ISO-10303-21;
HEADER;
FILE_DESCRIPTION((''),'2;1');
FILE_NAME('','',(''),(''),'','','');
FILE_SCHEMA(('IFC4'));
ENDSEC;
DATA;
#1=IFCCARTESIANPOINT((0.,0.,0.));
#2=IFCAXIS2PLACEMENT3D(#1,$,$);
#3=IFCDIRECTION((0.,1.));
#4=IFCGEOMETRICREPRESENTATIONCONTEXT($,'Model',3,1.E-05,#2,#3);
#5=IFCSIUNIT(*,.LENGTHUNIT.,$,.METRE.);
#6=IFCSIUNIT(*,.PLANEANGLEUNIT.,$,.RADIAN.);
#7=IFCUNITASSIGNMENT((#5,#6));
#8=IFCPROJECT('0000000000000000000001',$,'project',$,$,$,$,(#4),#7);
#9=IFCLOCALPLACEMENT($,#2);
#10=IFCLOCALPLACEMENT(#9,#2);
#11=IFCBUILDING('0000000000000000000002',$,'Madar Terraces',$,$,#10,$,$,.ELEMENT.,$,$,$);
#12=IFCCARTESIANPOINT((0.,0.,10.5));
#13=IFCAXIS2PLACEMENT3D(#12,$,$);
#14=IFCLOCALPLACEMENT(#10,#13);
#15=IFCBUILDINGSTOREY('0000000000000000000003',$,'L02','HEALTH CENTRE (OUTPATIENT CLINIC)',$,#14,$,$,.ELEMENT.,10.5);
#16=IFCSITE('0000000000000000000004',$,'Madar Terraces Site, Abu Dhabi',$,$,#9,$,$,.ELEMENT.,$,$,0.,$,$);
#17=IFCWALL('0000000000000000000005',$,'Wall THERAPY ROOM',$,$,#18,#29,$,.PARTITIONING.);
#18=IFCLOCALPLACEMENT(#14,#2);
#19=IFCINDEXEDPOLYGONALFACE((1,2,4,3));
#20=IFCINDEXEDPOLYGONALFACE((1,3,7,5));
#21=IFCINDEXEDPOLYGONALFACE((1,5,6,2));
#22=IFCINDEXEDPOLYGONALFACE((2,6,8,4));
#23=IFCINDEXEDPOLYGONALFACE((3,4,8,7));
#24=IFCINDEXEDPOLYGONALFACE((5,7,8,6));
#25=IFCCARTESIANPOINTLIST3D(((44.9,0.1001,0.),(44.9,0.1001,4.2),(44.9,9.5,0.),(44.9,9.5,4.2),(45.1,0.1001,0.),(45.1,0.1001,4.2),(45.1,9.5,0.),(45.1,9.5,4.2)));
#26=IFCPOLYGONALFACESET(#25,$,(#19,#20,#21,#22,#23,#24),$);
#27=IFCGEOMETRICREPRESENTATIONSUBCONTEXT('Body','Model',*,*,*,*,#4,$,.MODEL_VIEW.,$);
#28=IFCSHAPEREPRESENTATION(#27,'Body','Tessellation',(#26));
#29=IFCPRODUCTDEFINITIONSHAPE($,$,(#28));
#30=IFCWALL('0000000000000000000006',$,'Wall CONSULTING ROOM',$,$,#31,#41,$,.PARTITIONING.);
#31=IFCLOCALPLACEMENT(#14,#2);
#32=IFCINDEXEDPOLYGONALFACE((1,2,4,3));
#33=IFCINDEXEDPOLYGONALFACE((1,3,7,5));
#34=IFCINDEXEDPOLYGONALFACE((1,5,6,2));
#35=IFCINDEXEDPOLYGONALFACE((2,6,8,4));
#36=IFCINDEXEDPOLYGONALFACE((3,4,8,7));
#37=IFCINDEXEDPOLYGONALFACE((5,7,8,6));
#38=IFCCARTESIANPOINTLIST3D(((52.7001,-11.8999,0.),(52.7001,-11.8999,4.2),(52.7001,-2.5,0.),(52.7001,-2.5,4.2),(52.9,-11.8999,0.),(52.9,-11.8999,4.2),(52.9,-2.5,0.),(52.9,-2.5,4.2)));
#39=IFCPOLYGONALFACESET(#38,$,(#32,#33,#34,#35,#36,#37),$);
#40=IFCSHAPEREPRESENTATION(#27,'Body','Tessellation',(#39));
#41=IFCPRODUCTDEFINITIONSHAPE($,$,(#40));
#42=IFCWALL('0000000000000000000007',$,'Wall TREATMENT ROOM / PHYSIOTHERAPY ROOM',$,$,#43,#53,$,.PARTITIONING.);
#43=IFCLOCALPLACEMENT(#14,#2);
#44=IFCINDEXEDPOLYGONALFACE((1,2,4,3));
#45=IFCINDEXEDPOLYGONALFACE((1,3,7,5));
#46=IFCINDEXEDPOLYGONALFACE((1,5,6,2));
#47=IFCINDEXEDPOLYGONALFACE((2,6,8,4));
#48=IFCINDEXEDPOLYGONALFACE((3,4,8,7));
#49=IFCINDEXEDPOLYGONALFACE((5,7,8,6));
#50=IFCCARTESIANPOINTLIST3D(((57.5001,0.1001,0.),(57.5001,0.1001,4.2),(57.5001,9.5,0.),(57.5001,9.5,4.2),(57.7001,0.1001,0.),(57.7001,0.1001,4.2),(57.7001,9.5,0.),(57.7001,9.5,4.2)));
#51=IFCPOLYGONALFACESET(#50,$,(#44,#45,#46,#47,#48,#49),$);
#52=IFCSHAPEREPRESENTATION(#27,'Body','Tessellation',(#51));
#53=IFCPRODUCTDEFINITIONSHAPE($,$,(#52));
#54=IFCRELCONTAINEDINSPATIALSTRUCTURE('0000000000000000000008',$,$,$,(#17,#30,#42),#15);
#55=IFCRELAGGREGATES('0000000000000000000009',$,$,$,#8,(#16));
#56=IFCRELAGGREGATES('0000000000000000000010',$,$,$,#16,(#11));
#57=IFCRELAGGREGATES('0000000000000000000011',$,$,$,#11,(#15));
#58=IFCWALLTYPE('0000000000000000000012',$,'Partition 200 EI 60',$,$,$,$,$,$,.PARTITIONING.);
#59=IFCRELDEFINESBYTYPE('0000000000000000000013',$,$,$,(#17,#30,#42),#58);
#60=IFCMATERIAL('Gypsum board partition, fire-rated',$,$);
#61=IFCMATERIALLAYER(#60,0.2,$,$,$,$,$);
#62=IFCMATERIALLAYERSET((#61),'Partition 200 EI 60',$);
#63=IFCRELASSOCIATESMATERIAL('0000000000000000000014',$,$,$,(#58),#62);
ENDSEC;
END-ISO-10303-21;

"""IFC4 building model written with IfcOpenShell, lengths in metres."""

from ifc_helpers import new_model, si_unit, direction, frame, frame_2d, origin, place, context, subcontext, project, spatial, rectangle, extrude, material, layer, layer_set, type_object, element, save


model = new_model("IFC4")

# Units and contexts
model_context = context("Model", 3, precision=1e-05, world=origin(), true_north=direction((0.0, 1.0)))
body_context = subcontext(model_context, "Body", "Model", "MODEL_VIEW")
ifc_project = project(units=[si_unit("LENGTHUNIT", "METRE"), si_unit("PLANEANGLEUNIT", "RADIAN")], contexts=[model_context])

# Site, building, storey
site_placement = place(None, origin())
site = spatial("IfcSite", under=ifc_project, at=site_placement, Name="Madar Terraces Site, Abu Dhabi", CompositionType="ELEMENT", RefElevation=0.0)
building_placement = place(site_placement, origin())
building = spatial("IfcBuilding", under=site, at=building_placement, Name="Madar Terraces", CompositionType="ELEMENT")
storey_placement = place(building_placement, frame((0.0, 0.0, 10.5)))
storey = spatial("IfcBuildingStorey", under=building, at=storey_placement, Name="L02", Description="HEALTH CENTRE (OUTPATIENT CLINIC)", CompositionType="ELEMENT", Elevation=10.5)

# Walls
ifc_material_1 = material(Name="Gypsum board partition, fire-rated")
ifc_layer = layer(ifc_material_1, 0.2)
ifc_layer_set = layer_set([ifc_layer], Name="Partition 200 EI 60")
wall_type = type_object("IfcWallType", Name="Partition 200 EI 60", PredefinedType="PARTITIONING", material=ifc_layer_set)
for number, where, z_axis, x_axis, name in (
    (1, (45.0, 0.1001, 0.0), (0.0, 0.0, 1.0), (0.0, 1.0, 0.0), "Wall THERAPY ROOM"),
    (2, (52.8, -11.8999, 0.0), (0.0, 0.0, 1.0), (0.0, 1.0, 0.0), "Wall CONSULTING ROOM"),
    (3, (57.6001, 0.1001, 0.0), (0.0, 0.0, 1.0), (0.0, 1.0, 0.0), "Wall TREATMENT ROOM / PHYSIOTHERAPY ROOM"),
):
    element("IfcWall", number, at=place(storey_placement, frame(where, z_axis=z_axis, x_axis=x_axis)), inside=storey, type_object=wall_type, Name=name, PredefinedType="PARTITIONING", context=body_context, shape_type="SweptSolid", body=[
        extrude(rectangle(XDim=9.3999, YDim=0.2, at=frame_2d((4.7, 0.0))), origin(), (0.0, 0.0, 1.0), 4.2),
    ])

save(model, "model.ifc")
